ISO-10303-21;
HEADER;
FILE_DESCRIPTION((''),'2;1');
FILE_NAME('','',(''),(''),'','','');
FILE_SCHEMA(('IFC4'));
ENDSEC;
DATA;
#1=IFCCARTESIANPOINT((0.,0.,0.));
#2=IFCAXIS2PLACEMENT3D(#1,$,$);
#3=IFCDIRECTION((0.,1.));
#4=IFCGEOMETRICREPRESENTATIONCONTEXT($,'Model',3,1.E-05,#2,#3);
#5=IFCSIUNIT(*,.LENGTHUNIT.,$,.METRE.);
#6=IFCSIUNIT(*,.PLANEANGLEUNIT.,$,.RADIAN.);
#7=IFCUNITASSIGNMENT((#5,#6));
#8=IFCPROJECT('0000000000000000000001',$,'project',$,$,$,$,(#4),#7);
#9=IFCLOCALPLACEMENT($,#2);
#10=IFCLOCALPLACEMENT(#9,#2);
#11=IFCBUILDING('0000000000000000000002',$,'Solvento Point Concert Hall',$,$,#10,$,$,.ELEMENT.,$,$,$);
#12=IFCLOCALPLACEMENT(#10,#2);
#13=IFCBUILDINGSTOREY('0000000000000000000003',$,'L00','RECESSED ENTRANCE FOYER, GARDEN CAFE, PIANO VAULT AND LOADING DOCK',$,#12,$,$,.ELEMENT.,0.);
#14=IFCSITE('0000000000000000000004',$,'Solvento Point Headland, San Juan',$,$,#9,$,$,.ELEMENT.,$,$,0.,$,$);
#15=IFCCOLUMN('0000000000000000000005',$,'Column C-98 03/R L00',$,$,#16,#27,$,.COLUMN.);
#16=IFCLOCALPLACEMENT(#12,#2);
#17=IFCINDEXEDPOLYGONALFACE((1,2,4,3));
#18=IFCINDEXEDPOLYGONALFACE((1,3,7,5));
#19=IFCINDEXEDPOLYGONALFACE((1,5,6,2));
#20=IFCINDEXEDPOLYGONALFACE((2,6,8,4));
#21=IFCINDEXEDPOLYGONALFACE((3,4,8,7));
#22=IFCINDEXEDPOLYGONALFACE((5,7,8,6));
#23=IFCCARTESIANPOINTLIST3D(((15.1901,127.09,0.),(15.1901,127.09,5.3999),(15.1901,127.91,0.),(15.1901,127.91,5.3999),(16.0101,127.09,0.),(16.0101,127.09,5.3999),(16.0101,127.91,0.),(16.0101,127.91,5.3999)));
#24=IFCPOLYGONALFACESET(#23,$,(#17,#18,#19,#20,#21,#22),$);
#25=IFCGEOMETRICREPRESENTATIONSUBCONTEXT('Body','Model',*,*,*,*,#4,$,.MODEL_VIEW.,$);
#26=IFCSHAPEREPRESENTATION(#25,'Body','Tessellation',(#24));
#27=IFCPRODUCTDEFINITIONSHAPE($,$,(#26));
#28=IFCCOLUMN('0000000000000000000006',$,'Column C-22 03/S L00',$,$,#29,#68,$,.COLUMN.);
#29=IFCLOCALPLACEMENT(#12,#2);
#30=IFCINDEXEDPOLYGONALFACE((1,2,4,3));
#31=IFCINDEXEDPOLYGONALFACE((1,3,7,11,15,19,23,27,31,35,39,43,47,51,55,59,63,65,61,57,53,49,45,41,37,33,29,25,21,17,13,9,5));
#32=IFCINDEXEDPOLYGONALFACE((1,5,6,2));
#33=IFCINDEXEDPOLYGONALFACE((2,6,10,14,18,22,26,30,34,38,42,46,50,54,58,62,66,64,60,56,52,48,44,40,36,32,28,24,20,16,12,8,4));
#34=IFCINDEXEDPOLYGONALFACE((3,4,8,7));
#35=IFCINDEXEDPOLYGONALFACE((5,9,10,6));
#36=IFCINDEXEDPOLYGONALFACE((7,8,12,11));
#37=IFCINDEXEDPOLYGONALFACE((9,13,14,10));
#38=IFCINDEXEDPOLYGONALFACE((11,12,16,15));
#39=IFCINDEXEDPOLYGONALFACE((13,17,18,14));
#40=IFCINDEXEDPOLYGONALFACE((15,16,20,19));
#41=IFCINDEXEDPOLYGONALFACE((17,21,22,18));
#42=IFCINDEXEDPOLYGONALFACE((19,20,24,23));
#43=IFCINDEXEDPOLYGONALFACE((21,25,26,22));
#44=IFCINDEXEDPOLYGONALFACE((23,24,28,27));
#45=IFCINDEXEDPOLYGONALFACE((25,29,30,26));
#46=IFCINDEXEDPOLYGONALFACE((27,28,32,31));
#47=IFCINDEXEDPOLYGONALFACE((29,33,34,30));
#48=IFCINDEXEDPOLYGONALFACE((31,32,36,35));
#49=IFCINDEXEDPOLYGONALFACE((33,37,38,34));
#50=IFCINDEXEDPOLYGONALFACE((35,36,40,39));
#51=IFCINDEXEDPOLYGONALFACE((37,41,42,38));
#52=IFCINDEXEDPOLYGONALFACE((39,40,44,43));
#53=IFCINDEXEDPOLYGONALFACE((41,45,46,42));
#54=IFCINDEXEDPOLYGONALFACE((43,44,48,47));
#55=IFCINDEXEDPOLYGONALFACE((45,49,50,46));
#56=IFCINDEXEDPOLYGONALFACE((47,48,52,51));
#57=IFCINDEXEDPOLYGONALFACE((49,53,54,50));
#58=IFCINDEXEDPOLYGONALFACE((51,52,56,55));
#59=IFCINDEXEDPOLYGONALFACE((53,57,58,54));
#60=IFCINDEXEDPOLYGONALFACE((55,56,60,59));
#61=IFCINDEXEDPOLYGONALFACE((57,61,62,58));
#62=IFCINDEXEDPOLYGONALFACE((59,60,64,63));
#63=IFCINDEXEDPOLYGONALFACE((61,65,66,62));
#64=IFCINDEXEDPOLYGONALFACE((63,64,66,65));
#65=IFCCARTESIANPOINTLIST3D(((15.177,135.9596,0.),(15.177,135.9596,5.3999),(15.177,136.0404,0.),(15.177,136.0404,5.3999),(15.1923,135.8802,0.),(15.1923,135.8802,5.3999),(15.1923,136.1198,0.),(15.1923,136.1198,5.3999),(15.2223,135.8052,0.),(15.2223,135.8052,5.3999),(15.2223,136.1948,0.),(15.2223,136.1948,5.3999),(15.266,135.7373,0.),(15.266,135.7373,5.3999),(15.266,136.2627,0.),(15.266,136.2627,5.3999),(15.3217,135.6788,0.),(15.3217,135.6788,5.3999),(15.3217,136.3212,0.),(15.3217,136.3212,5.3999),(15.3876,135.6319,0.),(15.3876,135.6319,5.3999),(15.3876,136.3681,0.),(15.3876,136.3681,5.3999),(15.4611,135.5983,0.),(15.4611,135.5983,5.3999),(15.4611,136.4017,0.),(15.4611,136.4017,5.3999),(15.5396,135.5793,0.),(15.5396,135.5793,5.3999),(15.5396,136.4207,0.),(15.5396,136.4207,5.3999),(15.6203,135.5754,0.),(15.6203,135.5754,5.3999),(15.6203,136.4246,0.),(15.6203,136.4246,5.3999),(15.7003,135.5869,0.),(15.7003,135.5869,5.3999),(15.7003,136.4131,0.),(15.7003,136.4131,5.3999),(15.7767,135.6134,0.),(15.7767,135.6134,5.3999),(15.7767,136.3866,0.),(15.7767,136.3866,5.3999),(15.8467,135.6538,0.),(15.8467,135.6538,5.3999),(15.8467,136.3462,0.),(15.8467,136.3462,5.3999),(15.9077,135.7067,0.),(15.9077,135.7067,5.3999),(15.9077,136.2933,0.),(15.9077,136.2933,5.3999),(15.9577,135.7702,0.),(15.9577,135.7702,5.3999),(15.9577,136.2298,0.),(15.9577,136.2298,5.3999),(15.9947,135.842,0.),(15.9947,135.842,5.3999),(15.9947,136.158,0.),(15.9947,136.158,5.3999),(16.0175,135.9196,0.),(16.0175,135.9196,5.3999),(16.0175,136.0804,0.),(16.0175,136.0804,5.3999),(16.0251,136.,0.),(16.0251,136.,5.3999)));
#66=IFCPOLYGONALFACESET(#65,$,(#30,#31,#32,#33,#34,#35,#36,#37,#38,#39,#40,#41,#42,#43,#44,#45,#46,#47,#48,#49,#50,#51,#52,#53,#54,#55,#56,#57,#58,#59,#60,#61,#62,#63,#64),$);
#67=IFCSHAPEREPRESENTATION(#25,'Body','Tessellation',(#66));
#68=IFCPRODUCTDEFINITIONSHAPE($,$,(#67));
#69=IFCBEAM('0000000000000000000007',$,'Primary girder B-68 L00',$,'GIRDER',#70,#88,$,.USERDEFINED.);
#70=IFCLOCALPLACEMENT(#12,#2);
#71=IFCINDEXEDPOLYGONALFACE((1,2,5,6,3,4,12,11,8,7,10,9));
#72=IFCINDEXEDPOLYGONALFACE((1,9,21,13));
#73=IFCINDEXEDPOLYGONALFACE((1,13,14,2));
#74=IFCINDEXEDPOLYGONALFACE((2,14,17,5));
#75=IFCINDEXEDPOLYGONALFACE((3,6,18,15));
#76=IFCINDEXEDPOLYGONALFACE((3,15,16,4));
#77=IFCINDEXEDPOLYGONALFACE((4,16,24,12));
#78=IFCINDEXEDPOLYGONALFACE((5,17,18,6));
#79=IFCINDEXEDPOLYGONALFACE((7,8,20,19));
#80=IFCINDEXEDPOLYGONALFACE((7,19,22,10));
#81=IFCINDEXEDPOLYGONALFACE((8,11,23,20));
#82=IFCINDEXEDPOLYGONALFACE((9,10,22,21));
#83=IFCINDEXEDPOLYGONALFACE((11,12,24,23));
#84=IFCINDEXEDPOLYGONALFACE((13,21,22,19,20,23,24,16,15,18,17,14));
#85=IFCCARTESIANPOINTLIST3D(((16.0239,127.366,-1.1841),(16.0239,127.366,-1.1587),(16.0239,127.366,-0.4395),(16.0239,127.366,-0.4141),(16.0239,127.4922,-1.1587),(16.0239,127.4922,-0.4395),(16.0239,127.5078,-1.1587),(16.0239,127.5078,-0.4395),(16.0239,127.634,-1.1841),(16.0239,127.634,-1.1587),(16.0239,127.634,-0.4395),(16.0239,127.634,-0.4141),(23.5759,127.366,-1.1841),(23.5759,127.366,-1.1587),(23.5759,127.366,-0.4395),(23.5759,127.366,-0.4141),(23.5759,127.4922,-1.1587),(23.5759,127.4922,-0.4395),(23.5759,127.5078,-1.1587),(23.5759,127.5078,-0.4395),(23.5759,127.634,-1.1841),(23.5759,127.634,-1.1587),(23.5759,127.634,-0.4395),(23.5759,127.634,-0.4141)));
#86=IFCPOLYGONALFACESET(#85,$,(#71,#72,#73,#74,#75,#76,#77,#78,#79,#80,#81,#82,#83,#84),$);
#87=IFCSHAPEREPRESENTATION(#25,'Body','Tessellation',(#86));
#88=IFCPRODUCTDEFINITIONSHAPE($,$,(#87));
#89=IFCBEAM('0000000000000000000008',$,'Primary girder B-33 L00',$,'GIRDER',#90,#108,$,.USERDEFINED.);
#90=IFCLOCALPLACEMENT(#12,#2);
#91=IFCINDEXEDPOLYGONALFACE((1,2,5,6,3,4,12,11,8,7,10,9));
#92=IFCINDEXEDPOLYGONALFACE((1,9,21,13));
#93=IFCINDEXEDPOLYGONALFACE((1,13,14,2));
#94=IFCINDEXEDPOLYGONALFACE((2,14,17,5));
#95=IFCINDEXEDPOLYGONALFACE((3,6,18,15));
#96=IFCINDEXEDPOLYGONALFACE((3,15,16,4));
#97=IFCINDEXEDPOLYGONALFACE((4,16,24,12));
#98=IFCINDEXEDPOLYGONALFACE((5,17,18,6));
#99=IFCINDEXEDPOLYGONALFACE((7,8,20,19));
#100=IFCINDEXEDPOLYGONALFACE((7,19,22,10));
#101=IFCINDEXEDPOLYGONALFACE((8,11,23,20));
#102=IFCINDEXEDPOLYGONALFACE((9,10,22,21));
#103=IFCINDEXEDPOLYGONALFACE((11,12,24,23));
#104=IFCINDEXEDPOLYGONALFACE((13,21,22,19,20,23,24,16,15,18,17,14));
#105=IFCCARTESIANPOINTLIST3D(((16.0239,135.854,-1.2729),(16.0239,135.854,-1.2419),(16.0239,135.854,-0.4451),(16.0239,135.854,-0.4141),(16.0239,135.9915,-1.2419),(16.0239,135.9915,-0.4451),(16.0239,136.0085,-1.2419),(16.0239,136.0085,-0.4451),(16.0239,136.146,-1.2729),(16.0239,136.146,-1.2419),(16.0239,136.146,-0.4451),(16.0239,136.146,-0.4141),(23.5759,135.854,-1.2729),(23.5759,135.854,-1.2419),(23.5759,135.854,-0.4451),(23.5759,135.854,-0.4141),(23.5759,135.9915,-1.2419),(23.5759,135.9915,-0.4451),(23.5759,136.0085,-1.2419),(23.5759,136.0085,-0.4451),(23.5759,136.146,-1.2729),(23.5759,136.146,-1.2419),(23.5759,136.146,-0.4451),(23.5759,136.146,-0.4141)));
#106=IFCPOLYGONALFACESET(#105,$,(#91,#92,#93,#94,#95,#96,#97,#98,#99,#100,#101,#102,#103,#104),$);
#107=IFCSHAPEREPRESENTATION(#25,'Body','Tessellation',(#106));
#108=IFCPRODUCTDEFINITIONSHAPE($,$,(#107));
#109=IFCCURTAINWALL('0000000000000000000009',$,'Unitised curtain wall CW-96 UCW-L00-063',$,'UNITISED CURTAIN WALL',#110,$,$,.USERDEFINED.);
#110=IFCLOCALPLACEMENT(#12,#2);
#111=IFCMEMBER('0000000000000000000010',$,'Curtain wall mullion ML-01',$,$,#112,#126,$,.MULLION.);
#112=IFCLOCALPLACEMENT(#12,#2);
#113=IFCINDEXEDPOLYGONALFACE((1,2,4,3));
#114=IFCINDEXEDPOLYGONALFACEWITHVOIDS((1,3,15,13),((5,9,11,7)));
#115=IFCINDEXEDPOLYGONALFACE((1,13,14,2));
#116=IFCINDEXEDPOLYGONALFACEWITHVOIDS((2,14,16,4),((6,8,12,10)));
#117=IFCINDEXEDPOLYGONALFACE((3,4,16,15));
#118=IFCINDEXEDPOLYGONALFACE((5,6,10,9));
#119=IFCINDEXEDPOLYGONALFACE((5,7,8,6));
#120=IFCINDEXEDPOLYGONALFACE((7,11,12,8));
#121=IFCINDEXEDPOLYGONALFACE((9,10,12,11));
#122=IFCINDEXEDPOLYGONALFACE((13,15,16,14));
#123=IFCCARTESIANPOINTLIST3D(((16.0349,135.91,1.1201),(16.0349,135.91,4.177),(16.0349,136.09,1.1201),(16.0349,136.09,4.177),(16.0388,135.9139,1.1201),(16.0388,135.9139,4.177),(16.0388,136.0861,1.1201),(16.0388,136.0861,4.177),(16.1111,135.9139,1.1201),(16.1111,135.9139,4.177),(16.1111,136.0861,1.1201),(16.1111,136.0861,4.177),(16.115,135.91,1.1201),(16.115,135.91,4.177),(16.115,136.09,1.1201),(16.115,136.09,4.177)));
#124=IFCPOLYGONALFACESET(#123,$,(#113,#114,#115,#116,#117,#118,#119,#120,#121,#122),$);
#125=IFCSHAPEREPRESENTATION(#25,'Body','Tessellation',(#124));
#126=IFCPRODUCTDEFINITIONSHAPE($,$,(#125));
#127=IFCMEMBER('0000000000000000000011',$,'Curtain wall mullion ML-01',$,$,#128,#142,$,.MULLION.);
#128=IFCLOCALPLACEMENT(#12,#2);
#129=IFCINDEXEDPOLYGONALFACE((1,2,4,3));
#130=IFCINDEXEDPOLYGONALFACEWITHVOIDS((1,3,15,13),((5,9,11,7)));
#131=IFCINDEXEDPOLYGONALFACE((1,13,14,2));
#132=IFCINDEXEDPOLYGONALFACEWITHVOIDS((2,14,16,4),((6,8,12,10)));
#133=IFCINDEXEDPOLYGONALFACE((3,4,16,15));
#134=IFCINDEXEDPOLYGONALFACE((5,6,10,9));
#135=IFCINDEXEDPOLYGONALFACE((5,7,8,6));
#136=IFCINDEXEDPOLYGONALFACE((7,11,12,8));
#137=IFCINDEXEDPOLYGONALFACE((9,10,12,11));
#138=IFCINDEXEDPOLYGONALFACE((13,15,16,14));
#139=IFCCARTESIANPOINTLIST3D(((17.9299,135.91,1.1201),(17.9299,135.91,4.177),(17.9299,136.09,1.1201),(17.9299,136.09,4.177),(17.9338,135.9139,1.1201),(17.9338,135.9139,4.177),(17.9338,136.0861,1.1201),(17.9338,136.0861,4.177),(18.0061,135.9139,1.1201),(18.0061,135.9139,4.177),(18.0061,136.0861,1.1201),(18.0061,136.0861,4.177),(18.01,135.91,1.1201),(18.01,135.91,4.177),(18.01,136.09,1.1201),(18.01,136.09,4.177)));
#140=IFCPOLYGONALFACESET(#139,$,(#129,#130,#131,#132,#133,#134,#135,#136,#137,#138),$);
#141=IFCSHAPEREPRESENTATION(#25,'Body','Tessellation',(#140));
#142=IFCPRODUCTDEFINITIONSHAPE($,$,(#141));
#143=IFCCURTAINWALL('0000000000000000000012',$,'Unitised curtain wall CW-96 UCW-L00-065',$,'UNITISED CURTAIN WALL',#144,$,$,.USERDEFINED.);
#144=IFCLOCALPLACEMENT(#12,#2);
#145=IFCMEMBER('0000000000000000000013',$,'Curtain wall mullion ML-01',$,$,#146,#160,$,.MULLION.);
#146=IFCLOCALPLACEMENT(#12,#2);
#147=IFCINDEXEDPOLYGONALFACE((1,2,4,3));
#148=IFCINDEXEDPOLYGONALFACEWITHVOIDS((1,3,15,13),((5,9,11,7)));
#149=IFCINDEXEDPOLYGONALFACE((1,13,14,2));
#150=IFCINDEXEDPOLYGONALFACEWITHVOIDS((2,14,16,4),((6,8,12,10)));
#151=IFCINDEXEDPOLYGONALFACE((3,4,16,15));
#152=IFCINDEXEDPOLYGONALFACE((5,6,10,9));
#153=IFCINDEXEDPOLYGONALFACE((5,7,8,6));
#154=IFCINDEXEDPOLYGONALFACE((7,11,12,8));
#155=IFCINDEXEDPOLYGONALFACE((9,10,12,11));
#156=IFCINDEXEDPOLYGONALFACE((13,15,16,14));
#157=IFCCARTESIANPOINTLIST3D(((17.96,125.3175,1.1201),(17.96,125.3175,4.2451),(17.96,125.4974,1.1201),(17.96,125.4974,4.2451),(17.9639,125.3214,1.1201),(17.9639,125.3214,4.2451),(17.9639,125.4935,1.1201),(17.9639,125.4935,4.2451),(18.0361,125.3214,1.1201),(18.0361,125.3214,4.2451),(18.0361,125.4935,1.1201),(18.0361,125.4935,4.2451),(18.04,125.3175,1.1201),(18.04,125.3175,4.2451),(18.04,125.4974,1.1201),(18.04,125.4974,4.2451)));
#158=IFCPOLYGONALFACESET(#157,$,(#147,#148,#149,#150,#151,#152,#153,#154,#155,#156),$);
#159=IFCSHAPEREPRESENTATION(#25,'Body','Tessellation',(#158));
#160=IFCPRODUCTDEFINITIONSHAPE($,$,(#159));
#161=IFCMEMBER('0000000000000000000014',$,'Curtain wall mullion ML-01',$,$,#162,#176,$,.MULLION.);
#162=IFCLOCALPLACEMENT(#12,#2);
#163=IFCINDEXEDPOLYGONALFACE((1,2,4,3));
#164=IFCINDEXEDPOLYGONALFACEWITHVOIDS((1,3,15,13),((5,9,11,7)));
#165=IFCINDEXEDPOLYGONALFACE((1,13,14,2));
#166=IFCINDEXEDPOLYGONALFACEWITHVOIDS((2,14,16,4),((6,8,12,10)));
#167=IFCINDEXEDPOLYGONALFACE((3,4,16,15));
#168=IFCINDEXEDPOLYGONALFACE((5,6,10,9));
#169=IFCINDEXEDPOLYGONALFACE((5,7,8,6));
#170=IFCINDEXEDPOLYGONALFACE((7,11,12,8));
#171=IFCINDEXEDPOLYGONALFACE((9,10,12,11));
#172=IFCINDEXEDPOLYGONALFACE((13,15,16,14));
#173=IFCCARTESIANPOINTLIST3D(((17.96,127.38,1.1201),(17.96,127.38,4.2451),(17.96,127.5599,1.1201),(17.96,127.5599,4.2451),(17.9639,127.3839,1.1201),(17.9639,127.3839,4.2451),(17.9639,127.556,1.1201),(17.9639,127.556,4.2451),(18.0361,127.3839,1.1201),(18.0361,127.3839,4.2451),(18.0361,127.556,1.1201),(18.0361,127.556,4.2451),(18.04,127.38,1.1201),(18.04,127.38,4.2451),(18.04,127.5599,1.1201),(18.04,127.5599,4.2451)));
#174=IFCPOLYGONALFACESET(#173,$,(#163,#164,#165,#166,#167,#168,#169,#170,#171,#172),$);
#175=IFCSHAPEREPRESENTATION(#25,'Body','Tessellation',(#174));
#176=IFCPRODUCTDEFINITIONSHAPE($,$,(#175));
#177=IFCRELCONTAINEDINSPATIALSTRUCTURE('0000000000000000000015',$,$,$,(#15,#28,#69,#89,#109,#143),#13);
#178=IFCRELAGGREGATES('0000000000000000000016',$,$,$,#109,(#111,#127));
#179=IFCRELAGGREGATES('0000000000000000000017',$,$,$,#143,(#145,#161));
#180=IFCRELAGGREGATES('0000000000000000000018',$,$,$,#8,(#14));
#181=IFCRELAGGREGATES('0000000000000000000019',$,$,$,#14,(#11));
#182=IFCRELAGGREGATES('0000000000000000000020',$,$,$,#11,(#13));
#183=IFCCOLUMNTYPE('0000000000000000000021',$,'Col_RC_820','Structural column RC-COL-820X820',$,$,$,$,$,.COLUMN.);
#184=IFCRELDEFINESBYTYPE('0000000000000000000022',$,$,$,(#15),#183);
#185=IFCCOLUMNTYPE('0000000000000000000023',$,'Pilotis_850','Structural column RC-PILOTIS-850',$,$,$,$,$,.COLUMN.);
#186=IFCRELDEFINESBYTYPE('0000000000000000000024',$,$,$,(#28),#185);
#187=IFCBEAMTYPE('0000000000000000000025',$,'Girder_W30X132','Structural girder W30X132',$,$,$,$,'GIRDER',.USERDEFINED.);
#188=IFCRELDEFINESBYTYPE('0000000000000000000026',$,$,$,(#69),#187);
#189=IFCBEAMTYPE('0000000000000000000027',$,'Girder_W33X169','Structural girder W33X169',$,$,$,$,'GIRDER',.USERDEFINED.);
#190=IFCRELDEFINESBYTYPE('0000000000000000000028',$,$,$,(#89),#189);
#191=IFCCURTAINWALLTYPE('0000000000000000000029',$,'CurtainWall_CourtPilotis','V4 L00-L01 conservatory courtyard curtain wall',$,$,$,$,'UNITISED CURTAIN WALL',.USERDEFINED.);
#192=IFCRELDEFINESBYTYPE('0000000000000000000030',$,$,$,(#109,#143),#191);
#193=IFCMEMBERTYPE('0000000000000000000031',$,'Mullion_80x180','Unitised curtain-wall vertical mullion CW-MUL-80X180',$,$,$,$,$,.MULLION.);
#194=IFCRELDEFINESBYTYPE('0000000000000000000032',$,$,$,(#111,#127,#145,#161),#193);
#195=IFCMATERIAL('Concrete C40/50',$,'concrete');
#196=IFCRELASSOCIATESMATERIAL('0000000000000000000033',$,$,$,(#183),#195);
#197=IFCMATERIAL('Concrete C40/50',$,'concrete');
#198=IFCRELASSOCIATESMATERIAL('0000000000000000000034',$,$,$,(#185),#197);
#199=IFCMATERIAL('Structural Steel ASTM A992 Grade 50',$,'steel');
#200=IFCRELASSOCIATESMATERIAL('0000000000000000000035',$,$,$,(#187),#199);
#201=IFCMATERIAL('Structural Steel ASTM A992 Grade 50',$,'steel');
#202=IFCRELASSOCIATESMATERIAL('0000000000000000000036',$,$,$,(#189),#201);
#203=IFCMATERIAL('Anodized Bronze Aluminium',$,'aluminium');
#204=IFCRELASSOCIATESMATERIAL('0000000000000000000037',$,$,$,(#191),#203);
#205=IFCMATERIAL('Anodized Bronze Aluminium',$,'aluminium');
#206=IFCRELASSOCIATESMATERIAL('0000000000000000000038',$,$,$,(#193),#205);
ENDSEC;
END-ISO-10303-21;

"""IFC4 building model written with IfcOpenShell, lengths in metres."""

from ifc_helpers import new_model, si_unit, direction, frame, origin, origin_2d, place, context, subcontext, project, spatial, rectangle, hollow_rectangle, circle, i_section, extrude, material, material_profile, profile_set, type_object, element, aggregate, save


model = new_model("IFC4")

# Units and contexts
model_context = context("Model", 3, precision=1e-05, world=origin(), true_north=direction((0.0, 1.0)))
body_context = subcontext(model_context, "Body", "Model", "MODEL_VIEW")
ifc_project = project(units=[si_unit("LENGTHUNIT", "METRE"), si_unit("PLANEANGLEUNIT", "RADIAN")], contexts=[model_context])

# Site, building, storey
site_placement = place(None, origin())
site = spatial("IfcSite", under=ifc_project, at=site_placement, Name="Solvento Point Headland, San Juan", CompositionType="ELEMENT", RefElevation=0.0)
building_placement = place(site_placement, origin())
building = spatial("IfcBuilding", under=site, at=building_placement, Name="Solvento Point Concert Hall", CompositionType="ELEMENT")
storey_placement = place(building_placement, origin())
storey = spatial("IfcBuildingStorey", under=building, at=storey_placement, Name="L00", Description="RECESSED ENTRANCE FOYER, GARDEN CAFE, PIANO VAULT AND LOADING DOCK", CompositionType="ELEMENT", Elevation=0.0)

# Columns
ifc_material_1 = material(Name="Concrete C40/50", Category="concrete")
ifc_material_profile_1 = material_profile(ifc_material_1, rectangle(XDim=0.8201, YDim=0.8201, at=origin_2d()), Name="RC-COL-820X820")
ifc_profile_set_1 = profile_set([ifc_material_profile_1], Name="Concrete C40/50")
column_type_1 = type_object("IfcColumnType", Name="Col_RC_820", Description="Structural column RC-COL-820X820", PredefinedType="COLUMN", material=ifc_profile_set_1)
column_1_placement = place(storey_placement, frame((15.6001, 127.5, 0.0), z_axis=(0.0, 0.0, 1.0), x_axis=(1.0, 0.0, 0.0)))
element("IfcColumn", 1, at=column_1_placement, inside=storey, type_object=column_type_1, Name="Column C-98 03/R L00", PredefinedType="COLUMN", context=body_context, shape_type="SweptSolid", body=[
    extrude(rectangle(XDim=0.8201, YDim=0.8201, at=origin_2d()), origin(), (0.0, 0.0, 1.0), 5.3999),
])
ifc_material_2 = material(Name="Concrete C40/50", Category="concrete")
ifc_material_profile_2 = material_profile(ifc_material_2, circle(Radius=0.425, at=origin_2d()), Name="RC-PILOTIS-850")
ifc_profile_set_2 = profile_set([ifc_material_profile_2], Name="Concrete C40/50")
column_type_2 = type_object("IfcColumnType", Name="Pilotis_850", Description="Structural column RC-PILOTIS-850", PredefinedType="COLUMN", material=ifc_profile_set_2)
column_2_placement = place(storey_placement, frame((15.6001, 136.0, 0.0), z_axis=(0.0, 0.0, 1.0), x_axis=(1.0, 0.0, 0.0)))
element("IfcColumn", 2, at=column_2_placement, inside=storey, type_object=column_type_2, Name="Column C-22 03/S L00", PredefinedType="COLUMN", context=body_context, shape_type="SweptSolid", body=[
    extrude(circle(Radius=0.425, at=origin_2d()), origin(), (0.0, 0.0, 1.0), 5.3999),
])

# Beams
ifc_material_3 = material(Name="Structural Steel ASTM A992 Grade 50", Category="steel")
ifc_material_profile_3 = material_profile(ifc_material_3, i_section(OverallWidth=0.2681, OverallDepth=0.77, WebThickness=0.0156, FlangeThickness=0.0254, at=origin_2d()), Name="W30X132")
ifc_profile_set_3 = profile_set([ifc_material_profile_3], Name="Structural Steel ASTM A992 Grade 50")
beam_type_1 = type_object("IfcBeamType", Name="Girder_W30X132", Description="Structural girder W30X132", ElementType="GIRDER", PredefinedType="USERDEFINED", material=ifc_profile_set_3)
beam_1_placement = place(storey_placement, frame((16.0239, 127.5, -0.7991), z_axis=(1.0, 0.0, 0.0), x_axis=(0.0, 1.0, 0.0)))
element("IfcBeam", 3, at=beam_1_placement, inside=storey, type_object=beam_type_1, Name="Primary girder B-68 L00", ObjectType="GIRDER", PredefinedType="USERDEFINED", context=body_context, shape_type="SweptSolid", body=[
    extrude(i_section(OverallWidth=0.2681, OverallDepth=0.77, WebThickness=0.0156, FlangeThickness=0.0254, at=origin_2d()), origin(), (0.0, 0.0, 1.0), 7.552),
])
ifc_material_4 = material(Name="Structural Steel ASTM A992 Grade 50", Category="steel")
ifc_material_profile_4 = material_profile(ifc_material_4, i_section(OverallWidth=0.292, OverallDepth=0.8589, WebThickness=0.0171, FlangeThickness=0.031, at=origin_2d()), Name="W33X169")
ifc_profile_set_4 = profile_set([ifc_material_profile_4], Name="Structural Steel ASTM A992 Grade 50")
beam_type_2 = type_object("IfcBeamType", Name="Girder_W33X169", Description="Structural girder W33X169", ElementType="GIRDER", PredefinedType="USERDEFINED", material=ifc_profile_set_4)
beam_2_placement = place(storey_placement, frame((16.0239, 136.0, -0.8435), z_axis=(1.0, 0.0, 0.0), x_axis=(0.0, 1.0, 0.0)))
element("IfcBeam", 4, at=beam_2_placement, inside=storey, type_object=beam_type_2, Name="Primary girder B-33 L00", ObjectType="GIRDER", PredefinedType="USERDEFINED", context=body_context, shape_type="SweptSolid", body=[
    extrude(i_section(OverallWidth=0.292, OverallDepth=0.8589, WebThickness=0.0171, FlangeThickness=0.031, at=origin_2d()), origin(), (0.0, 0.0, 1.0), 7.552),
])

# Curtain walls, members
ifc_material_5 = material(Name="Anodized Bronze Aluminium", Category="aluminium")
curtain_wall_type = type_object("IfcCurtainWallType", Name="CurtainWall_CourtPilotis", Description="V4 L00-L01 conservatory courtyard curtain wall", ElementType="UNITISED CURTAIN WALL", PredefinedType="USERDEFINED", material=ifc_material_5)
curtain_wall_1_placement = place(storey_placement, origin())
curtain_wall_1 = element("IfcCurtainWall", 5, at=curtain_wall_1_placement, inside=storey, type_object=curtain_wall_type, Name="Unitised curtain wall CW-96 UCW-L00-063", ObjectType="UNITISED CURTAIN WALL", PredefinedType="USERDEFINED")
ifc_material_6 = material(Name="Anodized Bronze Aluminium", Category="aluminium")
ifc_material_profile_5 = material_profile(ifc_material_6, hollow_rectangle(XDim=0.0801, YDim=0.1799, WallThickness=0.0039, at=origin_2d()), Name="CW-MUL-80X180")
ifc_profile_set_5 = profile_set([ifc_material_profile_5], Name="Anodized Bronze Aluminium")
member_type_1 = type_object("IfcMemberType", Name="Mullion_80x180", Description="Unitised curtain-wall vertical mullion CW-MUL-80X180", PredefinedType="MULLION", material=ifc_profile_set_5)
member_1_placement = place(storey_placement, frame((16.075, 136.0, 1.1201), z_axis=(0.0, 0.0, 1.0), x_axis=(1.0, 0.0, 0.0)))
member_1 = element("IfcMember", 6, at=member_1_placement, type_object=member_type_1, Name="Curtain wall mullion ML-01", PredefinedType="MULLION", context=body_context, shape_type="SweptSolid", body=[
    extrude(hollow_rectangle(XDim=0.0801, YDim=0.1799, WallThickness=0.0039, at=origin_2d()), origin(), (0.0, 0.0, 1.0), 3.0569),
])
member_2_placement = place(storey_placement, frame((17.97, 136.0, 1.1201), z_axis=(0.0, 0.0, 1.0), x_axis=(1.0, 0.0, 0.0)))
member_2 = element("IfcMember", 7, at=member_2_placement, type_object=member_type_1, Name="Curtain wall mullion ML-01", PredefinedType="MULLION", context=body_context, shape_type="SweptSolid", body=[
    extrude(hollow_rectangle(XDim=0.0801, YDim=0.1799, WallThickness=0.0039, at=origin_2d()), origin(), (0.0, 0.0, 1.0), 3.0569),
])
curtain_wall_2_placement = place(storey_placement, origin())
curtain_wall_2 = element("IfcCurtainWall", 8, at=curtain_wall_2_placement, inside=storey, type_object=curtain_wall_type, Name="Unitised curtain wall CW-96 UCW-L00-065", ObjectType="UNITISED CURTAIN WALL", PredefinedType="USERDEFINED")
member_3_placement = place(storey_placement, frame((18.0, 125.4075, 1.1201), z_axis=(0.0, 0.0, 1.0), x_axis=(1.0, 0.0, 0.0)))
member_3 = element("IfcMember", 9, at=member_3_placement, type_object=member_type_1, Name="Curtain wall mullion ML-01", PredefinedType="MULLION", context=body_context, shape_type="SweptSolid", body=[
    extrude(hollow_rectangle(XDim=0.0801, YDim=0.1799, WallThickness=0.0039, at=origin_2d()), origin(), (0.0, 0.0, 1.0), 3.125),
])
member_4_placement = place(storey_placement, frame((18.0, 127.47, 1.1201), z_axis=(0.0, 0.0, 1.0), x_axis=(1.0, 0.0, 0.0)))
member_4 = element("IfcMember", 10, at=member_4_placement, type_object=member_type_1, Name="Curtain wall mullion ML-01", PredefinedType="MULLION", context=body_context, shape_type="SweptSolid", body=[
    extrude(hollow_rectangle(XDim=0.0801, YDim=0.1799, WallThickness=0.0039, at=origin_2d()), origin(), (0.0, 0.0, 1.0), 3.125),
])

aggregate(curtain_wall_1, [member_1, member_2])
aggregate(curtain_wall_2, [member_3, member_4])

save(model, "model.ifc")
